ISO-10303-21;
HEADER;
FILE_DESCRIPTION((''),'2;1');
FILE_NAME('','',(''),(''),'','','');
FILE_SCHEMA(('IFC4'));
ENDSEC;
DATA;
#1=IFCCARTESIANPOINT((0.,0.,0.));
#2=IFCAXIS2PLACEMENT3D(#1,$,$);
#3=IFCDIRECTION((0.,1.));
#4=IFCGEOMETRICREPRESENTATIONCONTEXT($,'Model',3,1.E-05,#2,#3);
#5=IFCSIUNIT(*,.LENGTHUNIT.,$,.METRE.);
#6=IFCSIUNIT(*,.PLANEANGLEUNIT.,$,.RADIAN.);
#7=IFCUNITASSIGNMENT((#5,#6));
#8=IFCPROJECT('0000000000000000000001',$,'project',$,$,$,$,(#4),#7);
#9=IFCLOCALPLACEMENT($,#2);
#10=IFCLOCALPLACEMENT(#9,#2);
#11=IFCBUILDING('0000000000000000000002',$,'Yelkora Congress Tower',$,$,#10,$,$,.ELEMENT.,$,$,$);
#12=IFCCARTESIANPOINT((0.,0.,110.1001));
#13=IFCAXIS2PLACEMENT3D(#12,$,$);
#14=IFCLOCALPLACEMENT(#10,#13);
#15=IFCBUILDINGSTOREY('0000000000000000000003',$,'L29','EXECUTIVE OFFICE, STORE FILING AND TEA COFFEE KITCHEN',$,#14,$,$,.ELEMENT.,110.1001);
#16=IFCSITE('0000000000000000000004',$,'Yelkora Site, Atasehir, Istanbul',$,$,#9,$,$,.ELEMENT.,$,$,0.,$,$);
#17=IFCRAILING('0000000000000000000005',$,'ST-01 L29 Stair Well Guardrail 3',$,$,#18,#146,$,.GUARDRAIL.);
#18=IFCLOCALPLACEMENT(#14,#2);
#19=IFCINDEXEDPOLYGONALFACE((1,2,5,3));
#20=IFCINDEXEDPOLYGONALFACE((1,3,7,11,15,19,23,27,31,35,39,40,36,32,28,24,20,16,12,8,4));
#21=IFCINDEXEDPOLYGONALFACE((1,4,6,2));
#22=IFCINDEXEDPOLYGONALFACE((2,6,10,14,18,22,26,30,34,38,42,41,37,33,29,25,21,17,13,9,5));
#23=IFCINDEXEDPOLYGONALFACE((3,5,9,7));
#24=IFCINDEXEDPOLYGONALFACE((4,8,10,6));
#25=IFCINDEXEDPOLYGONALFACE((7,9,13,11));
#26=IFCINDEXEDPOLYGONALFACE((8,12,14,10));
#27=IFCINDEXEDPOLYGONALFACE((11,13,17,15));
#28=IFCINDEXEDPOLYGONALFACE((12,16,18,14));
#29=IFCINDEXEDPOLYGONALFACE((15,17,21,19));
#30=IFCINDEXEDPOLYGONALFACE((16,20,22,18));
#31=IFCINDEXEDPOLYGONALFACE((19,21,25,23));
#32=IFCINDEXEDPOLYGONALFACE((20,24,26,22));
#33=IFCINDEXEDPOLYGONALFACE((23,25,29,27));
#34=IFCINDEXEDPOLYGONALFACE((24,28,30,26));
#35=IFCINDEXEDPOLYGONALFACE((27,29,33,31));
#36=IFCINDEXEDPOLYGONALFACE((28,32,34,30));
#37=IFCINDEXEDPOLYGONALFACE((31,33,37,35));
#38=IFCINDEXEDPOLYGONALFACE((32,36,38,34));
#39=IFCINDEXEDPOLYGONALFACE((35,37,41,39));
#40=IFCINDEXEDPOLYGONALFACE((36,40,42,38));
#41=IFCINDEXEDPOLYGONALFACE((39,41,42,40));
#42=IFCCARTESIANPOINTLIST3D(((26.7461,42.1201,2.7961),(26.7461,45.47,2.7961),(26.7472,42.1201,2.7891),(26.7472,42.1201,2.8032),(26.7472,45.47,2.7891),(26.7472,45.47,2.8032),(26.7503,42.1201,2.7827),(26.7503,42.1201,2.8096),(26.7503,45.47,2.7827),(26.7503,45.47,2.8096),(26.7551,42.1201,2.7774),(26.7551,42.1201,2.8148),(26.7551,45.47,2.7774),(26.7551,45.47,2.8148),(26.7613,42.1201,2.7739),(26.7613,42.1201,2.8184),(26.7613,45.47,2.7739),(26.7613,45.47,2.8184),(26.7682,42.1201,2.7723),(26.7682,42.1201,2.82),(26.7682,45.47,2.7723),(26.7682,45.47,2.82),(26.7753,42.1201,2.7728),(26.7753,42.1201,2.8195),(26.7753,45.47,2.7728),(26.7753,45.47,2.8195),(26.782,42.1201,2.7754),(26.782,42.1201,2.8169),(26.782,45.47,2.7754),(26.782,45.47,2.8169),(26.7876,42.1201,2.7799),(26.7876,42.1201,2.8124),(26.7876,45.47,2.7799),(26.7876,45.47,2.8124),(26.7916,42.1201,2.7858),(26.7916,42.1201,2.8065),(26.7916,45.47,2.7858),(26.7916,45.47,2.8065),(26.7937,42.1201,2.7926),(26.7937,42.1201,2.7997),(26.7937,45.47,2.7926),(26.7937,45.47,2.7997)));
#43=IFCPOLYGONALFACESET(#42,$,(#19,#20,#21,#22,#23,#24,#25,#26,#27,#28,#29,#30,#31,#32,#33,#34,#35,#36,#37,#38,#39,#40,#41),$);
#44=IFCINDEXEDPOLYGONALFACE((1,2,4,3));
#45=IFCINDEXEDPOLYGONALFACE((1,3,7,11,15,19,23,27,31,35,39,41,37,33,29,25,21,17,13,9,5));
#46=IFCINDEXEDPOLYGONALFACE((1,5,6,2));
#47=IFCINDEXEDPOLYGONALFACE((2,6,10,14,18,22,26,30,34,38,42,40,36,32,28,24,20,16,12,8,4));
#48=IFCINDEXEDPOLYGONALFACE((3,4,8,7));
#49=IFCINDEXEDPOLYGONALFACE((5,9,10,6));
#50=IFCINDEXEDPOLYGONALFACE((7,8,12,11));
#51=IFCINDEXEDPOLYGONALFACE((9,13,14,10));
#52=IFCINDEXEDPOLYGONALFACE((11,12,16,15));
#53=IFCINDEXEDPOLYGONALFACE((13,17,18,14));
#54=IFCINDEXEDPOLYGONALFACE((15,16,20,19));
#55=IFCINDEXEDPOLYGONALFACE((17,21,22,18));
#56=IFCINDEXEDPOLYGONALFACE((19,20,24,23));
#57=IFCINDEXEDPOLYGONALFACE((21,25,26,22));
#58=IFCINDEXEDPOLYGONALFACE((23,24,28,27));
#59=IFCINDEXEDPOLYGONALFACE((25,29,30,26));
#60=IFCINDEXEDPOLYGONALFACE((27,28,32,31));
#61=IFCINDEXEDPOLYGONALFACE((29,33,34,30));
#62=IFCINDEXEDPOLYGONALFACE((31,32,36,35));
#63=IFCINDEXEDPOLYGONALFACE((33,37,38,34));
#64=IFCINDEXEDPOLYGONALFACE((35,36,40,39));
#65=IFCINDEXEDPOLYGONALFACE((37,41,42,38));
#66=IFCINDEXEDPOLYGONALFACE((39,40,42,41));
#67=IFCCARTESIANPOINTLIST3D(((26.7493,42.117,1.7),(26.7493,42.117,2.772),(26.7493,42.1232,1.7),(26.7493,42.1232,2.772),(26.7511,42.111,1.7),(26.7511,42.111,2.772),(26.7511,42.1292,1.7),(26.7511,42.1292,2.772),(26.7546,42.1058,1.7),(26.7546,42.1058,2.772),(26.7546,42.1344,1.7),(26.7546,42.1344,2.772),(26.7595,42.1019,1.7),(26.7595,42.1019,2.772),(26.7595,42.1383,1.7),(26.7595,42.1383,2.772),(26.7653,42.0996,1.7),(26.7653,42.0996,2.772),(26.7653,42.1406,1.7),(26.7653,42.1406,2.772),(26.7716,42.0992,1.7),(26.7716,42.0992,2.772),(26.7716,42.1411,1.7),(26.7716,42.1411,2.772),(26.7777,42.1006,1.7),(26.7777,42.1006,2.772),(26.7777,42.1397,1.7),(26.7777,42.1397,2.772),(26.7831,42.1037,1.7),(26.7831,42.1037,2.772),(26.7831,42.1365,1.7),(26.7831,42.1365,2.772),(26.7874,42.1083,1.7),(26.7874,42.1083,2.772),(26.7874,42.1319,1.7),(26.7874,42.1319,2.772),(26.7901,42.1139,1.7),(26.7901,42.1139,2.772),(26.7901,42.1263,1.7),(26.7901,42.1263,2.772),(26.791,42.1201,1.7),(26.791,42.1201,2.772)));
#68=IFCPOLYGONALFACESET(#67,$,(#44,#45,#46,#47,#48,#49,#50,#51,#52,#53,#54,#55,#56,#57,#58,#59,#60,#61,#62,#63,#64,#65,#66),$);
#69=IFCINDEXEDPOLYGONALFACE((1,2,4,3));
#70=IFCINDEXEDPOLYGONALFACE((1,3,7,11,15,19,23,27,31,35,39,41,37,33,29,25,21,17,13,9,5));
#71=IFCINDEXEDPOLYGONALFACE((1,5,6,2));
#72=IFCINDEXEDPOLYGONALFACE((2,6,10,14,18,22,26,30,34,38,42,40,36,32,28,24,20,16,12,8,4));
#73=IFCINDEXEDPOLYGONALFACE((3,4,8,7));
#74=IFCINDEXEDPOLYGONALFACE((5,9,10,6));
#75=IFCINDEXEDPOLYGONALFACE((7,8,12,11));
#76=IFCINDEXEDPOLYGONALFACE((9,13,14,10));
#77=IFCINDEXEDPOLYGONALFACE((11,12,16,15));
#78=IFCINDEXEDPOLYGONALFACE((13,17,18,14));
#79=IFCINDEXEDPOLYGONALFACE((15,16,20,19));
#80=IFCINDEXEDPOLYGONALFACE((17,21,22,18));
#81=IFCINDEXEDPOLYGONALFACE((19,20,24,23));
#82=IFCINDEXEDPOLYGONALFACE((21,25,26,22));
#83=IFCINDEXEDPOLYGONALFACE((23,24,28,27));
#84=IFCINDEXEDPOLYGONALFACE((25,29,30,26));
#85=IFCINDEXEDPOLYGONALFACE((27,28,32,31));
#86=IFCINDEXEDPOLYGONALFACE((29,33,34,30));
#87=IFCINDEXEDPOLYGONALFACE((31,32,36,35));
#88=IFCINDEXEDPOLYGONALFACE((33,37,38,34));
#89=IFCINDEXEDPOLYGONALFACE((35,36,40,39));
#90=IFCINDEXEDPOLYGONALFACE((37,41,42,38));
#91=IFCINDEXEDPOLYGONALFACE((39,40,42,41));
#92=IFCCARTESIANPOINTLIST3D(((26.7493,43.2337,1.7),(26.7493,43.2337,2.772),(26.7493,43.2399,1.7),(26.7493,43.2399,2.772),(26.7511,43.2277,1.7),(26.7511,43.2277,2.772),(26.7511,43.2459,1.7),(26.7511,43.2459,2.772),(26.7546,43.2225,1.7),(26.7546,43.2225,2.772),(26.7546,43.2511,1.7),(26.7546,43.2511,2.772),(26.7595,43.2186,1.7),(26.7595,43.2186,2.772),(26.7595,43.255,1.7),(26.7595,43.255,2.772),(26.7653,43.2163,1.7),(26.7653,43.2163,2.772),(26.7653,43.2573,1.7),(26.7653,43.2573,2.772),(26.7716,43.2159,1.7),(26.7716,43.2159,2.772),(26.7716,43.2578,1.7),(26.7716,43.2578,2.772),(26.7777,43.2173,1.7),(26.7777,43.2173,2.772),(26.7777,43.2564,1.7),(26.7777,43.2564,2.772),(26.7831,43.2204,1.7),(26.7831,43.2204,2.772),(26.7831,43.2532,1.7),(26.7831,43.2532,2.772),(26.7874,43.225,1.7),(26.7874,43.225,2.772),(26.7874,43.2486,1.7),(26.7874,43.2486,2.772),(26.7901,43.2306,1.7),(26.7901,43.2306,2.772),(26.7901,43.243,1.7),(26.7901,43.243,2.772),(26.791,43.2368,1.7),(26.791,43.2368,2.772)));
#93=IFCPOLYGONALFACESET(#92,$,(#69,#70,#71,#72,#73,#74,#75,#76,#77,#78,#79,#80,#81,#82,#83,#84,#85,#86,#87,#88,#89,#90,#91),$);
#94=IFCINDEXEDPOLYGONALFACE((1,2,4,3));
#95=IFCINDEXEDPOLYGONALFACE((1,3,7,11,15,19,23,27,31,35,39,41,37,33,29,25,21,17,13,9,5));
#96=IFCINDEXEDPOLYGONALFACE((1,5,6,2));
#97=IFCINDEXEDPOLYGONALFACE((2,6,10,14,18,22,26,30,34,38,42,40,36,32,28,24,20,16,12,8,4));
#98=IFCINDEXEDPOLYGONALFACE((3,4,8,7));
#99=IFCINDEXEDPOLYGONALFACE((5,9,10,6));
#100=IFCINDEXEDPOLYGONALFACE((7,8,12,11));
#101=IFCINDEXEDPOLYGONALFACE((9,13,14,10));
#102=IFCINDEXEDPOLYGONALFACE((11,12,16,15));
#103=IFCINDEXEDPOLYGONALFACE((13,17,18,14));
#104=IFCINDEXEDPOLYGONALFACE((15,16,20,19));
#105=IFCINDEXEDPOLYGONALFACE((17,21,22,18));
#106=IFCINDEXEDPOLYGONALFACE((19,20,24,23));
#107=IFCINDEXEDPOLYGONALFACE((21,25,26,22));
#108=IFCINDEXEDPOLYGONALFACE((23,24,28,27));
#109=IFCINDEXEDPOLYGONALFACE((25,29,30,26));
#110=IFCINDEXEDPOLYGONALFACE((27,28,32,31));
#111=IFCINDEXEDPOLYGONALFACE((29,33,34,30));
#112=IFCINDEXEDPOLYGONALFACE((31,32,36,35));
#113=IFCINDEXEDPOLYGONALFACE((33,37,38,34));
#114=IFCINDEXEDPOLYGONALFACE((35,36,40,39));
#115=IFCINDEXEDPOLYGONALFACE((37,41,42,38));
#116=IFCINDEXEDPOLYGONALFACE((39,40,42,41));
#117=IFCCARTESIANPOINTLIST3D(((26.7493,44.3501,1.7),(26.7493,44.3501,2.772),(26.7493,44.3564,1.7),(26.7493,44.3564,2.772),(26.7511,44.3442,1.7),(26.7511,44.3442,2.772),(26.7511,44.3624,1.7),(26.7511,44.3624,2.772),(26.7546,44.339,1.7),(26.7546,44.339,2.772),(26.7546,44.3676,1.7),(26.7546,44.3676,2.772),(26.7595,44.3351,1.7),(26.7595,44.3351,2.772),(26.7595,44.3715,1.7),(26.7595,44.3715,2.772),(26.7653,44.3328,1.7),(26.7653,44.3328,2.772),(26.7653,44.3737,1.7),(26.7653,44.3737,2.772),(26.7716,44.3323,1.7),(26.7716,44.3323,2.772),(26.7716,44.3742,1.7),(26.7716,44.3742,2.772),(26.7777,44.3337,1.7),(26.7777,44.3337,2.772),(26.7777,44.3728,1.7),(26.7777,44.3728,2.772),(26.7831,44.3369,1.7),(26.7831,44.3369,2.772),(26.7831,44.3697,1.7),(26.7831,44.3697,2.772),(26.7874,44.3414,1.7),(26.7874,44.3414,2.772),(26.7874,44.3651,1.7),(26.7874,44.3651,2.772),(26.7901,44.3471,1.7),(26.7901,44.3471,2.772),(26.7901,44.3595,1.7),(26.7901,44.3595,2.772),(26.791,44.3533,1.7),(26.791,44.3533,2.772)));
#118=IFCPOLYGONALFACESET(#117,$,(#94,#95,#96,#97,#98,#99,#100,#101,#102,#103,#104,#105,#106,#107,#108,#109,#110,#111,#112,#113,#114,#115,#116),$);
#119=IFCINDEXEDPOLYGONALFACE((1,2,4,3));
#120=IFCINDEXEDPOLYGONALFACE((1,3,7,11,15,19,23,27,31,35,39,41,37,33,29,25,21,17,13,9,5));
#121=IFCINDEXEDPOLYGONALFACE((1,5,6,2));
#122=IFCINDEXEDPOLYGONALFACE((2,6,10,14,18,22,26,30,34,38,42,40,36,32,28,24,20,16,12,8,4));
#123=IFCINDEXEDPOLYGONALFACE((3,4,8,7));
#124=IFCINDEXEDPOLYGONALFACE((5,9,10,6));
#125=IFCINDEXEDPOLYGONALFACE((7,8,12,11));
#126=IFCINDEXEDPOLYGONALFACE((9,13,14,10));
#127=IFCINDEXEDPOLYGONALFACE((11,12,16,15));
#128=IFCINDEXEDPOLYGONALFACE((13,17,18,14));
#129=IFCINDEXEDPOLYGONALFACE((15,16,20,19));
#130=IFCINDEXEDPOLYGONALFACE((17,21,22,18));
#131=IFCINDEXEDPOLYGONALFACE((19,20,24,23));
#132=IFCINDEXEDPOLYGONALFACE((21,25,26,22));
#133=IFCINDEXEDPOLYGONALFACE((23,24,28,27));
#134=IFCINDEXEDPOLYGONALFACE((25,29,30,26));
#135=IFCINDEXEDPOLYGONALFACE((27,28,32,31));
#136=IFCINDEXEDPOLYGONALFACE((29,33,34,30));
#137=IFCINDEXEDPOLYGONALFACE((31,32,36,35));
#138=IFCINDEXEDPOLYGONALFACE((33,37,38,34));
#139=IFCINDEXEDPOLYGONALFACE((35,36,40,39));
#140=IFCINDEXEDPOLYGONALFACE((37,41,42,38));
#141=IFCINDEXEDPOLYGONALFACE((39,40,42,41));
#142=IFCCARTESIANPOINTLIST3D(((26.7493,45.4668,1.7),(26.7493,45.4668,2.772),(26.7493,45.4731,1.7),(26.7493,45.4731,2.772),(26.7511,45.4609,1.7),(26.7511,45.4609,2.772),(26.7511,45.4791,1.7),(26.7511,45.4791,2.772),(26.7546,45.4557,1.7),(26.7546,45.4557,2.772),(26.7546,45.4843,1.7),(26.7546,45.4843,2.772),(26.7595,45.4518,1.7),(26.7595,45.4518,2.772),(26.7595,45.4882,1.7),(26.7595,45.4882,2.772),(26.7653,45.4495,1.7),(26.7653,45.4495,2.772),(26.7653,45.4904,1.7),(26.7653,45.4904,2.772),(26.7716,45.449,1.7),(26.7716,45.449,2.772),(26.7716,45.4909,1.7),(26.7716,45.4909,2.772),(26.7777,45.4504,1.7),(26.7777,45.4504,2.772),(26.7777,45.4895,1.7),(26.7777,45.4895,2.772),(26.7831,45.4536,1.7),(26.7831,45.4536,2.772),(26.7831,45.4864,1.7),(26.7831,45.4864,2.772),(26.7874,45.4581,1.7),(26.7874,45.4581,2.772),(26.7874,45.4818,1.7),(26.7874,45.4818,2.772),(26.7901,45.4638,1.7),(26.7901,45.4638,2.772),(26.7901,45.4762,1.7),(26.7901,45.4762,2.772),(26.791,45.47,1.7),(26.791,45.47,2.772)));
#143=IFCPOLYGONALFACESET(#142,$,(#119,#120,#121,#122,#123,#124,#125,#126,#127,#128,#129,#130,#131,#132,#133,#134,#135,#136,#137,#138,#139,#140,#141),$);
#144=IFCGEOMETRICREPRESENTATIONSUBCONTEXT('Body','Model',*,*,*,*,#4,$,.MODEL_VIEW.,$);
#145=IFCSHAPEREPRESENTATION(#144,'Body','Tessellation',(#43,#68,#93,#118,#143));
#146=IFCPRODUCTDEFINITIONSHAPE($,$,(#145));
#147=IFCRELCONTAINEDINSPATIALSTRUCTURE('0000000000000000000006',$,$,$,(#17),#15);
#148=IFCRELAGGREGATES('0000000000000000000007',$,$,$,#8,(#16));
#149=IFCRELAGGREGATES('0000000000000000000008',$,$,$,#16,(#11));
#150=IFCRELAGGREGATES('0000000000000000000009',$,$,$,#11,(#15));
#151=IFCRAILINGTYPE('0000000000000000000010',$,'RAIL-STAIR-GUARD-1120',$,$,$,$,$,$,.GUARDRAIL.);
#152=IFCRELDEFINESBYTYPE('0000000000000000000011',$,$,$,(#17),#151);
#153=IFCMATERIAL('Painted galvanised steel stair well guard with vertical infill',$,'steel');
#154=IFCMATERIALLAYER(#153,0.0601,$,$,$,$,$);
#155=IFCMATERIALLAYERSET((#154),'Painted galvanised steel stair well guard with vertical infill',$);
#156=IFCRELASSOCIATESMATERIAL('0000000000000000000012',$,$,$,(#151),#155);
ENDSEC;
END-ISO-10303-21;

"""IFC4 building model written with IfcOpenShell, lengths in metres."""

from ifc_helpers import new_model, si_unit, direction, frame, origin, origin_2d, place, context, subcontext, project, spatial, circle, extrude, material, layer, layer_set, type_object, element, save


model = new_model("IFC4")

# Units and contexts
model_context = context("Model", 3, precision=1e-05, world=origin(), true_north=direction((0.0, 1.0)))
body_context = subcontext(model_context, "Body", "Model", "MODEL_VIEW")
ifc_project = project(units=[si_unit("LENGTHUNIT", "METRE"), si_unit("PLANEANGLEUNIT", "RADIAN")], contexts=[model_context])

# Site, building, storey
site_placement = place(None, origin())
site = spatial("IfcSite", under=ifc_project, at=site_placement, Name="Yelkora Site, Atasehir, Istanbul", CompositionType="ELEMENT", RefElevation=0.0)
building_placement = place(site_placement, origin())
building = spatial("IfcBuilding", under=site, at=building_placement, Name="Yelkora Congress Tower", CompositionType="ELEMENT")
storey_placement = place(building_placement, frame((0.0, 0.0, 110.1001)))
storey = spatial("IfcBuildingStorey", under=building, at=storey_placement, Name="L29", Description="EXECUTIVE OFFICE, STORE FILING AND TEA COFFEE KITCHEN", CompositionType="ELEMENT", Elevation=110.1001)

# Railing
ifc_material_1 = material(Name="Painted galvanised steel stair well guard with vertical infill", Category="steel")
ifc_layer_1 = layer(ifc_material_1, 0.0601)
ifc_layer_set_1 = layer_set([ifc_layer_1], Name="Painted galvanised steel stair well guard with vertical infill")
railing_type_1 = type_object("IfcRailingType", Name="RAIL-STAIR-GUARD-1120", PredefinedType="GUARDRAIL", material=ifc_layer_set_1)
railing_1_placement = place(storey_placement, frame((26.77, 42.1201, 1.7)))
element("IfcRailing", 1, at=railing_1_placement, inside=storey, type_object=railing_type_1, Name="ST-01 L29 Stair Well Guardrail 3", PredefinedType="GUARDRAIL", context=body_context, shape_type="SweptSolid", body=[
    extrude(circle(Radius=0.0239, at=origin_2d()), frame((0.0, 0.0, 1.0962), z_axis=(0.0, 1.0, 0.0), x_axis=(-1.0, 0.0, 0.0)), (0.0, 0.0, 1.0), 3.3499),
    extrude(circle(Radius=0.021, at=origin_2d()), origin(), (0.0, 0.0, 1.0), 1.072),
    extrude(circle(Radius=0.021, at=origin_2d()), frame((0.0, 1.1167, 0.0)), (0.0, 0.0, 1.0), 1.072),
    extrude(circle(Radius=0.021, at=origin_2d()), frame((0.0, 2.2332, 0.0)), (0.0, 0.0, 1.0), 1.072),
    extrude(circle(Radius=0.021, at=origin_2d()), frame((0.0, 3.3499, 0.0)), (0.0, 0.0, 1.0), 1.072),
])

save(model, "model.ifc")
